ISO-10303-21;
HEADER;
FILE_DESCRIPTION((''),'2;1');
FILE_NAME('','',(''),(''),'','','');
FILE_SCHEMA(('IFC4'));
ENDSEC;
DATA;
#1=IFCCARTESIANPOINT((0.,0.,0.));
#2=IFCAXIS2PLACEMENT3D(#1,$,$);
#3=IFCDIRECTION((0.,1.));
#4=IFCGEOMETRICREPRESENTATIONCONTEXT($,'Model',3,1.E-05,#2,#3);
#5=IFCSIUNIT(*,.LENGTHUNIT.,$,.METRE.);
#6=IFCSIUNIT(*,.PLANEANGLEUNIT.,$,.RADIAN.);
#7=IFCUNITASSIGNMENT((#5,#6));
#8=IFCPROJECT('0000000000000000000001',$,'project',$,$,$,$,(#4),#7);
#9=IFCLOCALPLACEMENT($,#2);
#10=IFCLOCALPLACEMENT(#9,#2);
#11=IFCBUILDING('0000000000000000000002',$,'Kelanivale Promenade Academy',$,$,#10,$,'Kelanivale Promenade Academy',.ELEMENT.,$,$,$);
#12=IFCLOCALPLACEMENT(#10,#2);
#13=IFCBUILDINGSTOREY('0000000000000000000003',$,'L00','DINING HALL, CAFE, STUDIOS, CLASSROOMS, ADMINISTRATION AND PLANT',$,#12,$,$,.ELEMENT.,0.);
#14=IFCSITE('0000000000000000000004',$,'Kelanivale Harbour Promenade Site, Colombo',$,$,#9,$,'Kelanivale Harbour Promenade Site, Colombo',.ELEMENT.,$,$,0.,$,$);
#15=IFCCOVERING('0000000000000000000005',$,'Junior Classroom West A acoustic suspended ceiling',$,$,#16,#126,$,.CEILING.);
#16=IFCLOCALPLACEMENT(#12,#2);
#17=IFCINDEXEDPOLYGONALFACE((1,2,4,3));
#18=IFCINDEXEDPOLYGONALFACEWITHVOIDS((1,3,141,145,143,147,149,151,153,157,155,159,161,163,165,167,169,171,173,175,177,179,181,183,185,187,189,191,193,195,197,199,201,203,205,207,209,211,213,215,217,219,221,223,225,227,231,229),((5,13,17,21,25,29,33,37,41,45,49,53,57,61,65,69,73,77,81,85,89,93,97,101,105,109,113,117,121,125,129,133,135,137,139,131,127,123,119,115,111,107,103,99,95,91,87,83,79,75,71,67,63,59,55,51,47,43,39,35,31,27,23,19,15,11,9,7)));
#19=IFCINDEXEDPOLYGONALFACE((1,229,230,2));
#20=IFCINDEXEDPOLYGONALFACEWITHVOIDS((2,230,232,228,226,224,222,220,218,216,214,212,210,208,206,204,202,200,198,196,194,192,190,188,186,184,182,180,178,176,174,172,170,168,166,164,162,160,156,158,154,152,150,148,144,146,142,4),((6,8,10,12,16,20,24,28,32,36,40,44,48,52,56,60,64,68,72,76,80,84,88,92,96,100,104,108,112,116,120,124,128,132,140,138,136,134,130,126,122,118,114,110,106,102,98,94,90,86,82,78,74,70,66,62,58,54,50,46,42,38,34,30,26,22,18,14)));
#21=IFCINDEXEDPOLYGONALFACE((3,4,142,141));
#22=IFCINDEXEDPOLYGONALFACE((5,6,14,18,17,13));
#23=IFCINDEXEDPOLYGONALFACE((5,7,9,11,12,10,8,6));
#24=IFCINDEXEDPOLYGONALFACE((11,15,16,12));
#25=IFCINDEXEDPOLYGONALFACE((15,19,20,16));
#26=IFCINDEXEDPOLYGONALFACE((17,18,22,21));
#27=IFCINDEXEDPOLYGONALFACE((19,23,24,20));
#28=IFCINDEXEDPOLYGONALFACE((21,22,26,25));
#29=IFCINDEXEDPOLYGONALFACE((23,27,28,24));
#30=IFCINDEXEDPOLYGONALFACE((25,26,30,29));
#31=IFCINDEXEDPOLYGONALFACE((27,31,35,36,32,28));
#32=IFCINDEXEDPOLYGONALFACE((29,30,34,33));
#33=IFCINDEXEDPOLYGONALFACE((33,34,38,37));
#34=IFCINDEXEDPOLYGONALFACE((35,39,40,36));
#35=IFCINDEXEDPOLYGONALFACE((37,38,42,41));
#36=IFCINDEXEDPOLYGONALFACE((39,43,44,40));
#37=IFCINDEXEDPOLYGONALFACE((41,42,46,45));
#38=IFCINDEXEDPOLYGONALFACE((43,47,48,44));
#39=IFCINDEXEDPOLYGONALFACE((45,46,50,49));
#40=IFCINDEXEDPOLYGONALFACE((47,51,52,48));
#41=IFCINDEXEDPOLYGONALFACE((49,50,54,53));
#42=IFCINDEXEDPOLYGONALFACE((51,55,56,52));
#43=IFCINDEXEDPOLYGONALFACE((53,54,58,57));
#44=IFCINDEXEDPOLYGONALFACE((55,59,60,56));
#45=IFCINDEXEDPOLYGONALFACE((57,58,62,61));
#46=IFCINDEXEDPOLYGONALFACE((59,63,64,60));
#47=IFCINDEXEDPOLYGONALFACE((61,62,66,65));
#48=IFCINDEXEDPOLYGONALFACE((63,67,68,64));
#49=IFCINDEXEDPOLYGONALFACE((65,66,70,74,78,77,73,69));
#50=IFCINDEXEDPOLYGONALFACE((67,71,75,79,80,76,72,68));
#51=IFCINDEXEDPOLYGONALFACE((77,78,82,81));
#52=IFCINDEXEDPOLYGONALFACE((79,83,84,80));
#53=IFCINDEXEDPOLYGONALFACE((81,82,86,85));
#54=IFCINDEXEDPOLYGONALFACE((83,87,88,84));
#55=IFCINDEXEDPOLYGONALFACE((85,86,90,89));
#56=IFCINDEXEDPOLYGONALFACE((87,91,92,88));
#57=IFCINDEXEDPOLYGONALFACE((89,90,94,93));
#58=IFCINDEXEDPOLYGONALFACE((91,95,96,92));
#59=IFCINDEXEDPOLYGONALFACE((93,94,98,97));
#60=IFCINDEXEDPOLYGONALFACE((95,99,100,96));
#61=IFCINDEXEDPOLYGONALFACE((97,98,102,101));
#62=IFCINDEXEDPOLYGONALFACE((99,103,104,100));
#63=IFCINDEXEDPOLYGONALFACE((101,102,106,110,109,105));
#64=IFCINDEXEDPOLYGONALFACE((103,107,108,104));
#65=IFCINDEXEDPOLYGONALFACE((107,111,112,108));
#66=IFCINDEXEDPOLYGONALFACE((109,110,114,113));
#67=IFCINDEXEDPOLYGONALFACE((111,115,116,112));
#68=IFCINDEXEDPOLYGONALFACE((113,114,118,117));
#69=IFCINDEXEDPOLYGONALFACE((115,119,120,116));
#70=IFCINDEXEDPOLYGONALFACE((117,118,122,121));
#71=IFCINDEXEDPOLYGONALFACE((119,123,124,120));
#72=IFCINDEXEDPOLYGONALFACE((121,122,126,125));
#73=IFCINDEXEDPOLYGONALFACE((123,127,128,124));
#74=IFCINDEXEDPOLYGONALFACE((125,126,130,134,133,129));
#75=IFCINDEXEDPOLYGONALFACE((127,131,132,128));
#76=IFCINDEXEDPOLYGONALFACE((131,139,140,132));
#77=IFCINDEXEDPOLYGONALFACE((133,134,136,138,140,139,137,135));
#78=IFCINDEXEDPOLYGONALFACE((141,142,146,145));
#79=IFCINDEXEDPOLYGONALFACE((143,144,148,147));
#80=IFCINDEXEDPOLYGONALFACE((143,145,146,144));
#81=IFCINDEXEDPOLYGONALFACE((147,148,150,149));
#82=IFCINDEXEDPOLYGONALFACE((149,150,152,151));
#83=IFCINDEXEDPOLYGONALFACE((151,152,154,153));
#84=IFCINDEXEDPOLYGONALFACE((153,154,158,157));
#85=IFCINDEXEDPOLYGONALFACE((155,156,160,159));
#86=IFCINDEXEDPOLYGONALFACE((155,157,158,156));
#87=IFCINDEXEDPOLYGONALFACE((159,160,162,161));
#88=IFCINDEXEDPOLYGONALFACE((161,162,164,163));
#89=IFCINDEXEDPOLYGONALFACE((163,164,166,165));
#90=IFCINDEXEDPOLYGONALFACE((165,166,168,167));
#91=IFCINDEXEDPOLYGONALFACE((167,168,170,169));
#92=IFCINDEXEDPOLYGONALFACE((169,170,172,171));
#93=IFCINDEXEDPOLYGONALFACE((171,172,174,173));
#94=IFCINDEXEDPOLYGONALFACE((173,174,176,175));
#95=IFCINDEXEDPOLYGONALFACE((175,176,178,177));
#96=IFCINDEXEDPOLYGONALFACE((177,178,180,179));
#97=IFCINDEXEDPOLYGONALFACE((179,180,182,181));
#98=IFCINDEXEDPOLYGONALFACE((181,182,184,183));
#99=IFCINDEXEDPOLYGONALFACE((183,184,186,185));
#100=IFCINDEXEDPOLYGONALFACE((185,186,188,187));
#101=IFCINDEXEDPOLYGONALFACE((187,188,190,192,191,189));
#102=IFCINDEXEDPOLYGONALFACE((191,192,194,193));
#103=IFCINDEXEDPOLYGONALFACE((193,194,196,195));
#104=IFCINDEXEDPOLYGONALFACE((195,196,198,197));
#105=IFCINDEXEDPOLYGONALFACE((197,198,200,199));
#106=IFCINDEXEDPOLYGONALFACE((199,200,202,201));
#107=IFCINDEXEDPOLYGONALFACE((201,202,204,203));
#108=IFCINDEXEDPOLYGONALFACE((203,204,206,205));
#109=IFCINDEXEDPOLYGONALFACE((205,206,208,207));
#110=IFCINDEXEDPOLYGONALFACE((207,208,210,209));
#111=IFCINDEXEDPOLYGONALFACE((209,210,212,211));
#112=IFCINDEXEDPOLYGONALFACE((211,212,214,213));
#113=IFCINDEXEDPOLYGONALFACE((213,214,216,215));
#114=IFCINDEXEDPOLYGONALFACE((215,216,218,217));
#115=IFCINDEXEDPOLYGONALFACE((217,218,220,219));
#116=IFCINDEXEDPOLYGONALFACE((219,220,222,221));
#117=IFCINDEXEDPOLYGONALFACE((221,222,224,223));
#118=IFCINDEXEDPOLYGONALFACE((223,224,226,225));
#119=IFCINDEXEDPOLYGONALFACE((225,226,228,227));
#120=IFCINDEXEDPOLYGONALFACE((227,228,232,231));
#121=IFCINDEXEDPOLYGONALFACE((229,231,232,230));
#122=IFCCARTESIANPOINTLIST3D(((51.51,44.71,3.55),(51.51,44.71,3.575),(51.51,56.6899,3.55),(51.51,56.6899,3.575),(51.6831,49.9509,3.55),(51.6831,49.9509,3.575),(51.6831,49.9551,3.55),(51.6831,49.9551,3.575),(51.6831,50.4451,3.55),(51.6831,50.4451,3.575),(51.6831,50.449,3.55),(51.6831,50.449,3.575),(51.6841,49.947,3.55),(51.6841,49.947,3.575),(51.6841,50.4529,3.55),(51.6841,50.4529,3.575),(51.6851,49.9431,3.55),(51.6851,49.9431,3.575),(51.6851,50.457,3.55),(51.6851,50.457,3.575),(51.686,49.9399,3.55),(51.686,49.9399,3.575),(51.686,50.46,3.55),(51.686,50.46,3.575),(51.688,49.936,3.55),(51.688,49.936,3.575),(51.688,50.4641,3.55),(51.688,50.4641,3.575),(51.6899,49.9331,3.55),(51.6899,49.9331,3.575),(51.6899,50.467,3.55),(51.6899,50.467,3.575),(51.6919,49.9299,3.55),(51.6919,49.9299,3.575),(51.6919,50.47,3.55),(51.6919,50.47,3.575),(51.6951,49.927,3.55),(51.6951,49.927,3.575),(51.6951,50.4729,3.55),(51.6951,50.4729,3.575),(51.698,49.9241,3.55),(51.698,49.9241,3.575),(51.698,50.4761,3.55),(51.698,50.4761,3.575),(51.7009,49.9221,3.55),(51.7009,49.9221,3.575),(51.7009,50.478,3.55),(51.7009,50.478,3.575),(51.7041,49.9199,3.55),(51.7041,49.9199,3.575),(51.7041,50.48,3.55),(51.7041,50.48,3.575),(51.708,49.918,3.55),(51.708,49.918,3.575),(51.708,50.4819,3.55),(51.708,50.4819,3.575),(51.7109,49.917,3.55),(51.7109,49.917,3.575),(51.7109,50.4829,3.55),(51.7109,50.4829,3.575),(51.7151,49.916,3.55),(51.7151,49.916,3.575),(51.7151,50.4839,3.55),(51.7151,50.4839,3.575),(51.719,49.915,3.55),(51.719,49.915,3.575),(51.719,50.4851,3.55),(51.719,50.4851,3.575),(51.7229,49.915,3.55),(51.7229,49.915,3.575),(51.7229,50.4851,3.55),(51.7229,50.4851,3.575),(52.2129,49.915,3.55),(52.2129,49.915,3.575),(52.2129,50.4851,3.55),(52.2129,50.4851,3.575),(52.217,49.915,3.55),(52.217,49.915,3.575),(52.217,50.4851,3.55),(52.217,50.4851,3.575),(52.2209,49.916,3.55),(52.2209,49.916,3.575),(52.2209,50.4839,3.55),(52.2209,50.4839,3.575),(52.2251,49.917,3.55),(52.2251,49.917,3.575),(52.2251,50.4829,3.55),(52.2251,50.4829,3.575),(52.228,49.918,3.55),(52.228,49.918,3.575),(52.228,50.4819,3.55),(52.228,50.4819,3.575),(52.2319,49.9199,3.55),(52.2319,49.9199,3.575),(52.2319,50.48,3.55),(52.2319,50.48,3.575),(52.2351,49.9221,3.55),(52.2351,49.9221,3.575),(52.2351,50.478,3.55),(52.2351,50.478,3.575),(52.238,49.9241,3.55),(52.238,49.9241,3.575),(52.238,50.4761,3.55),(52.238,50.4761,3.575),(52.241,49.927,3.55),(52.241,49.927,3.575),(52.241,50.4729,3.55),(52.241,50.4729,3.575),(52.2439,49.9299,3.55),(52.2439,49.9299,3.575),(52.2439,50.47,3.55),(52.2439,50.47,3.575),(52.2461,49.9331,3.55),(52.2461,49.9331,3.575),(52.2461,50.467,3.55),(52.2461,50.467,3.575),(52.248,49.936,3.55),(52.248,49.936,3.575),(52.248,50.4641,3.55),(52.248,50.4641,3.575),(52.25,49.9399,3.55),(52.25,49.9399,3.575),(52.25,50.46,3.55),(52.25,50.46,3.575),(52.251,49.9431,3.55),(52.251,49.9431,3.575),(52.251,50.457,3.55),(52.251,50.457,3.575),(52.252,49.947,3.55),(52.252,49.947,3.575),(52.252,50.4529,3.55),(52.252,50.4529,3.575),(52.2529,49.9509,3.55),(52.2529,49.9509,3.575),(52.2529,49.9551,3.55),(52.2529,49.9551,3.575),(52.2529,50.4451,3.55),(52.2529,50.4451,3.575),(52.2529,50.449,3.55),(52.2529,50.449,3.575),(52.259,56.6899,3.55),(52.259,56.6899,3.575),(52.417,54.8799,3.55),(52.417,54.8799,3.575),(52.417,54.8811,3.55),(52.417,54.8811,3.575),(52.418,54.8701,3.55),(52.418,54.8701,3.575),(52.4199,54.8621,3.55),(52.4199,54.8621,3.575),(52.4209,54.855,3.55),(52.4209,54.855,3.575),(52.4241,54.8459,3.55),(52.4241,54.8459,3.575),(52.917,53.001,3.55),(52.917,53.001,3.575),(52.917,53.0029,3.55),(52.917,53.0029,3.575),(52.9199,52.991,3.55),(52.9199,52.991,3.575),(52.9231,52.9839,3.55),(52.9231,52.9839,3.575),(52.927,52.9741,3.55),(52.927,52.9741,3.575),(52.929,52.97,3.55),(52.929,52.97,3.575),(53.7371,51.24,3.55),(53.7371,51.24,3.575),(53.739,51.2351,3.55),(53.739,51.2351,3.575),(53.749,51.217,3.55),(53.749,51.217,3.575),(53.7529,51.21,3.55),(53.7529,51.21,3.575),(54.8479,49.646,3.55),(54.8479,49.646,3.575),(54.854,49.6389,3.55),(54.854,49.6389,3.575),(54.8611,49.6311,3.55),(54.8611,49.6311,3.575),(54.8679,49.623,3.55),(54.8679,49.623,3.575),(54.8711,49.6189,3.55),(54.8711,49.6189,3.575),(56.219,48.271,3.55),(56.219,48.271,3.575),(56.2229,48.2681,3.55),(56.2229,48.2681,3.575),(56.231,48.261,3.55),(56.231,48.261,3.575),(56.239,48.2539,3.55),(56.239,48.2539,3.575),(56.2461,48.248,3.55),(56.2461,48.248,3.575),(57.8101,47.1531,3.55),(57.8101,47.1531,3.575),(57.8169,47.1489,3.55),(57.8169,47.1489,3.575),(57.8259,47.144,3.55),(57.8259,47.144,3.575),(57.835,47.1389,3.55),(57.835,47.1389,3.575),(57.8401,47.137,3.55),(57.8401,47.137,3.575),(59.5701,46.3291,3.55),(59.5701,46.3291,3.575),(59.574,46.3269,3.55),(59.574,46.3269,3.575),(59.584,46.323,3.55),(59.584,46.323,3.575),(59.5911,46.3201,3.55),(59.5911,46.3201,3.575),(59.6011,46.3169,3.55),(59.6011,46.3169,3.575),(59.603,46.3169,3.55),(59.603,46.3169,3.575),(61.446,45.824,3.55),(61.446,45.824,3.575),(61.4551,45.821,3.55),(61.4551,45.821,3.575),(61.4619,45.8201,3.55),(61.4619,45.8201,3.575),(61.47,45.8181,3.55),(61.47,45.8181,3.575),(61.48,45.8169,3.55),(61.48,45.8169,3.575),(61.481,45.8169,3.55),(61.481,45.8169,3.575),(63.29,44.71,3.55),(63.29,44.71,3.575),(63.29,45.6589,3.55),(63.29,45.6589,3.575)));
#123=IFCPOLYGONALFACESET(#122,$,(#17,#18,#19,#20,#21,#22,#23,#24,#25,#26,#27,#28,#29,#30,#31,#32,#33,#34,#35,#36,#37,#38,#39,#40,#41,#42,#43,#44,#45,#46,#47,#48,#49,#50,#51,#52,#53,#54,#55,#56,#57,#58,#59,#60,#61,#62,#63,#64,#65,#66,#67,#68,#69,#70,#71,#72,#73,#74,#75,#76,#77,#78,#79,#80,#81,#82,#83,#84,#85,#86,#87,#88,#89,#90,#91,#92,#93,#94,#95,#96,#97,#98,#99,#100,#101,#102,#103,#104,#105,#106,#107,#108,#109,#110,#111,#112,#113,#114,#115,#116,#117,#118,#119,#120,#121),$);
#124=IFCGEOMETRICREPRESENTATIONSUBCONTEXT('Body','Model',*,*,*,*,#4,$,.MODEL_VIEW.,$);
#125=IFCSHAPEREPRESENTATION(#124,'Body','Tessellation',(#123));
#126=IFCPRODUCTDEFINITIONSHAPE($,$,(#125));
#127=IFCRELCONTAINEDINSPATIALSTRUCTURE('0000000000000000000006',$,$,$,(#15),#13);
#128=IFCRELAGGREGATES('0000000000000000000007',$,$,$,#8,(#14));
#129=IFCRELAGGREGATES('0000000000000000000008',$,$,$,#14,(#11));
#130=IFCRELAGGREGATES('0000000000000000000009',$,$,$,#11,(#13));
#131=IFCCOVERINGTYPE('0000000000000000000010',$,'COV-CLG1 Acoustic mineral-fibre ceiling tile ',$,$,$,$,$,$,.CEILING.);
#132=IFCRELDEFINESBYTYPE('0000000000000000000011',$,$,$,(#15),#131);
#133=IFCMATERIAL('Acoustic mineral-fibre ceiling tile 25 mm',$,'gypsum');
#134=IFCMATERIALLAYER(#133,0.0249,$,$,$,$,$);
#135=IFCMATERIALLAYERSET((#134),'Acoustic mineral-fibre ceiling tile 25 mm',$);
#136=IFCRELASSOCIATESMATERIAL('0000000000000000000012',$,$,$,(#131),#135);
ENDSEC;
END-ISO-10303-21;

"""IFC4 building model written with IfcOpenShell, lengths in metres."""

from ifc_helpers import new_model, si_unit, direction, frame, origin, place, context, subcontext, project, spatial, polyline, outline, extrude, material, layer, layer_set, type_object, element, save


model = new_model("IFC4")

# Units and contexts
model_context = context("Model", 3, precision=1e-05, world=origin(), true_north=direction((0.0, 1.0)))
body_context = subcontext(model_context, "Body", "Model", "MODEL_VIEW")
ifc_project = project(units=[si_unit("LENGTHUNIT", "METRE"), si_unit("PLANEANGLEUNIT", "RADIAN")], contexts=[model_context])

# Site, building, storey
site_placement = place(None, origin())
site = spatial("IfcSite", under=ifc_project, at=site_placement, Name="Kelanivale Harbour Promenade Site, Colombo", LongName="Kelanivale Harbour Promenade Site, Colombo", CompositionType="ELEMENT", RefElevation=0.0)
building_placement = place(site_placement, origin())
building = spatial("IfcBuilding", under=site, at=building_placement, Name="Kelanivale Promenade Academy", LongName="Kelanivale Promenade Academy", CompositionType="ELEMENT")
storey_placement = place(building_placement, origin())
storey = spatial("IfcBuildingStorey", under=building, at=storey_placement, Name="L00", Description="DINING HALL, CAFE, STUDIOS, CLASSROOMS, ADMINISTRATION AND PLANT", CompositionType="ELEMENT", Elevation=0.0)

# Covering
ifc_material_1 = material(Name="Acoustic mineral-fibre ceiling tile 25 mm", Category="gypsum")
ifc_layer_1 = layer(ifc_material_1, 0.0249)
ifc_layer_set_1 = layer_set([ifc_layer_1], Name="Acoustic mineral-fibre ceiling tile 25 mm")
covering_type_1 = type_object("IfcCoveringType", Name="COV-CLG1 Acoustic mineral-fibre ceiling tile ", PredefinedType="CEILING", material=ifc_layer_set_1)
covering_1_placement = place(storey_placement, frame((0.0, 0.0, 3.55)))
element("IfcCovering", 1, at=covering_1_placement, inside=storey, type_object=covering_type_1, Name="Junior Classroom West A acoustic suspended ceiling", PredefinedType="CEILING", context=body_context, shape_type="SweptSolid", body=[
    extrude(outline(polyline([(63.29, 45.6589), (61.481, 45.8169), (61.48, 45.8169), (61.47, 45.8181), (61.4619, 45.8201), (61.4551, 45.821), (61.446, 45.824), (59.603, 46.3169), (59.6011, 46.3169), (59.5911, 46.3201), (59.584, 46.323), (59.574, 46.3269), (59.5701, 46.3291), (57.8401, 47.137), (57.835, 47.1389), (57.8259, 47.144), (57.8169, 47.1489), (57.8101, 47.1531), (56.2461, 48.248), (56.239, 48.2539), (56.231, 48.261), (56.2229, 48.2681), (56.219, 48.271), (54.8711, 49.6189), (54.8679, 49.623), (54.8611, 49.6311), (54.854, 49.6389), (54.8479, 49.646), (53.7529, 51.21), (53.749, 51.217), (53.739, 51.2351), (53.7371, 51.24), (52.929, 52.97), (52.927, 52.9741), (52.9231, 52.9839), (52.9199, 52.991), (52.917, 53.001), (52.917, 53.0029), (52.4241, 54.8459), (52.4209, 54.855), (52.4199, 54.8621), (52.418, 54.8701), (52.417, 54.8799), (52.417, 54.8811), (52.259, 56.6899), (51.51, 56.6899), (51.51, 44.71), (63.29, 44.71), (63.29, 45.6589)]), holes=[polyline([(51.7229, 49.915), (51.719, 49.915), (51.7151, 49.916), (51.7109, 49.917), (51.708, 49.918), (51.7041, 49.9199), (51.7009, 49.9221), (51.698, 49.9241), (51.6951, 49.927), (51.6919, 49.9299), (51.6899, 49.9331), (51.688, 49.936), (51.686, 49.9399), (51.6851, 49.9431), (51.6841, 49.947), (51.6831, 49.9509), (51.6831, 49.9551), (51.6831, 50.4451), (51.6831, 50.449), (51.6841, 50.4529), (51.6851, 50.457), (51.686, 50.46), (51.688, 50.4641), (51.6899, 50.467), (51.6919, 50.47), (51.6951, 50.4729), (51.698, 50.4761), (51.7009, 50.478), (51.7041, 50.48), (51.708, 50.4819), (51.7109, 50.4829), (51.7151, 50.4839), (51.719, 50.4851), (51.7229, 50.4851), (52.2129, 50.4851), (52.217, 50.4851), (52.2209, 50.4839), (52.2251, 50.4829), (52.228, 50.4819), (52.2319, 50.48), (52.2351, 50.478), (52.238, 50.4761), (52.241, 50.4729), (52.2439, 50.47), (52.2461, 50.467), (52.248, 50.4641), (52.25, 50.46), (52.251, 50.457), (52.252, 50.4529), (52.2529, 50.449), (52.2529, 50.4451), (52.2529, 49.9551), (52.2529, 49.9509), (52.252, 49.947), (52.251, 49.9431), (52.25, 49.9399), (52.248, 49.936), (52.2461, 49.9331), (52.2439, 49.9299), (52.241, 49.927), (52.238, 49.9241), (52.2351, 49.9221), (52.2319, 49.9199), (52.228, 49.918), (52.2251, 49.917), (52.2209, 49.916), (52.217, 49.915), (52.2129, 49.915), (51.7229, 49.915)])]), origin(), (0.0, 0.0, 1.0), 0.0249),
])

save(model, "model.ifc")
